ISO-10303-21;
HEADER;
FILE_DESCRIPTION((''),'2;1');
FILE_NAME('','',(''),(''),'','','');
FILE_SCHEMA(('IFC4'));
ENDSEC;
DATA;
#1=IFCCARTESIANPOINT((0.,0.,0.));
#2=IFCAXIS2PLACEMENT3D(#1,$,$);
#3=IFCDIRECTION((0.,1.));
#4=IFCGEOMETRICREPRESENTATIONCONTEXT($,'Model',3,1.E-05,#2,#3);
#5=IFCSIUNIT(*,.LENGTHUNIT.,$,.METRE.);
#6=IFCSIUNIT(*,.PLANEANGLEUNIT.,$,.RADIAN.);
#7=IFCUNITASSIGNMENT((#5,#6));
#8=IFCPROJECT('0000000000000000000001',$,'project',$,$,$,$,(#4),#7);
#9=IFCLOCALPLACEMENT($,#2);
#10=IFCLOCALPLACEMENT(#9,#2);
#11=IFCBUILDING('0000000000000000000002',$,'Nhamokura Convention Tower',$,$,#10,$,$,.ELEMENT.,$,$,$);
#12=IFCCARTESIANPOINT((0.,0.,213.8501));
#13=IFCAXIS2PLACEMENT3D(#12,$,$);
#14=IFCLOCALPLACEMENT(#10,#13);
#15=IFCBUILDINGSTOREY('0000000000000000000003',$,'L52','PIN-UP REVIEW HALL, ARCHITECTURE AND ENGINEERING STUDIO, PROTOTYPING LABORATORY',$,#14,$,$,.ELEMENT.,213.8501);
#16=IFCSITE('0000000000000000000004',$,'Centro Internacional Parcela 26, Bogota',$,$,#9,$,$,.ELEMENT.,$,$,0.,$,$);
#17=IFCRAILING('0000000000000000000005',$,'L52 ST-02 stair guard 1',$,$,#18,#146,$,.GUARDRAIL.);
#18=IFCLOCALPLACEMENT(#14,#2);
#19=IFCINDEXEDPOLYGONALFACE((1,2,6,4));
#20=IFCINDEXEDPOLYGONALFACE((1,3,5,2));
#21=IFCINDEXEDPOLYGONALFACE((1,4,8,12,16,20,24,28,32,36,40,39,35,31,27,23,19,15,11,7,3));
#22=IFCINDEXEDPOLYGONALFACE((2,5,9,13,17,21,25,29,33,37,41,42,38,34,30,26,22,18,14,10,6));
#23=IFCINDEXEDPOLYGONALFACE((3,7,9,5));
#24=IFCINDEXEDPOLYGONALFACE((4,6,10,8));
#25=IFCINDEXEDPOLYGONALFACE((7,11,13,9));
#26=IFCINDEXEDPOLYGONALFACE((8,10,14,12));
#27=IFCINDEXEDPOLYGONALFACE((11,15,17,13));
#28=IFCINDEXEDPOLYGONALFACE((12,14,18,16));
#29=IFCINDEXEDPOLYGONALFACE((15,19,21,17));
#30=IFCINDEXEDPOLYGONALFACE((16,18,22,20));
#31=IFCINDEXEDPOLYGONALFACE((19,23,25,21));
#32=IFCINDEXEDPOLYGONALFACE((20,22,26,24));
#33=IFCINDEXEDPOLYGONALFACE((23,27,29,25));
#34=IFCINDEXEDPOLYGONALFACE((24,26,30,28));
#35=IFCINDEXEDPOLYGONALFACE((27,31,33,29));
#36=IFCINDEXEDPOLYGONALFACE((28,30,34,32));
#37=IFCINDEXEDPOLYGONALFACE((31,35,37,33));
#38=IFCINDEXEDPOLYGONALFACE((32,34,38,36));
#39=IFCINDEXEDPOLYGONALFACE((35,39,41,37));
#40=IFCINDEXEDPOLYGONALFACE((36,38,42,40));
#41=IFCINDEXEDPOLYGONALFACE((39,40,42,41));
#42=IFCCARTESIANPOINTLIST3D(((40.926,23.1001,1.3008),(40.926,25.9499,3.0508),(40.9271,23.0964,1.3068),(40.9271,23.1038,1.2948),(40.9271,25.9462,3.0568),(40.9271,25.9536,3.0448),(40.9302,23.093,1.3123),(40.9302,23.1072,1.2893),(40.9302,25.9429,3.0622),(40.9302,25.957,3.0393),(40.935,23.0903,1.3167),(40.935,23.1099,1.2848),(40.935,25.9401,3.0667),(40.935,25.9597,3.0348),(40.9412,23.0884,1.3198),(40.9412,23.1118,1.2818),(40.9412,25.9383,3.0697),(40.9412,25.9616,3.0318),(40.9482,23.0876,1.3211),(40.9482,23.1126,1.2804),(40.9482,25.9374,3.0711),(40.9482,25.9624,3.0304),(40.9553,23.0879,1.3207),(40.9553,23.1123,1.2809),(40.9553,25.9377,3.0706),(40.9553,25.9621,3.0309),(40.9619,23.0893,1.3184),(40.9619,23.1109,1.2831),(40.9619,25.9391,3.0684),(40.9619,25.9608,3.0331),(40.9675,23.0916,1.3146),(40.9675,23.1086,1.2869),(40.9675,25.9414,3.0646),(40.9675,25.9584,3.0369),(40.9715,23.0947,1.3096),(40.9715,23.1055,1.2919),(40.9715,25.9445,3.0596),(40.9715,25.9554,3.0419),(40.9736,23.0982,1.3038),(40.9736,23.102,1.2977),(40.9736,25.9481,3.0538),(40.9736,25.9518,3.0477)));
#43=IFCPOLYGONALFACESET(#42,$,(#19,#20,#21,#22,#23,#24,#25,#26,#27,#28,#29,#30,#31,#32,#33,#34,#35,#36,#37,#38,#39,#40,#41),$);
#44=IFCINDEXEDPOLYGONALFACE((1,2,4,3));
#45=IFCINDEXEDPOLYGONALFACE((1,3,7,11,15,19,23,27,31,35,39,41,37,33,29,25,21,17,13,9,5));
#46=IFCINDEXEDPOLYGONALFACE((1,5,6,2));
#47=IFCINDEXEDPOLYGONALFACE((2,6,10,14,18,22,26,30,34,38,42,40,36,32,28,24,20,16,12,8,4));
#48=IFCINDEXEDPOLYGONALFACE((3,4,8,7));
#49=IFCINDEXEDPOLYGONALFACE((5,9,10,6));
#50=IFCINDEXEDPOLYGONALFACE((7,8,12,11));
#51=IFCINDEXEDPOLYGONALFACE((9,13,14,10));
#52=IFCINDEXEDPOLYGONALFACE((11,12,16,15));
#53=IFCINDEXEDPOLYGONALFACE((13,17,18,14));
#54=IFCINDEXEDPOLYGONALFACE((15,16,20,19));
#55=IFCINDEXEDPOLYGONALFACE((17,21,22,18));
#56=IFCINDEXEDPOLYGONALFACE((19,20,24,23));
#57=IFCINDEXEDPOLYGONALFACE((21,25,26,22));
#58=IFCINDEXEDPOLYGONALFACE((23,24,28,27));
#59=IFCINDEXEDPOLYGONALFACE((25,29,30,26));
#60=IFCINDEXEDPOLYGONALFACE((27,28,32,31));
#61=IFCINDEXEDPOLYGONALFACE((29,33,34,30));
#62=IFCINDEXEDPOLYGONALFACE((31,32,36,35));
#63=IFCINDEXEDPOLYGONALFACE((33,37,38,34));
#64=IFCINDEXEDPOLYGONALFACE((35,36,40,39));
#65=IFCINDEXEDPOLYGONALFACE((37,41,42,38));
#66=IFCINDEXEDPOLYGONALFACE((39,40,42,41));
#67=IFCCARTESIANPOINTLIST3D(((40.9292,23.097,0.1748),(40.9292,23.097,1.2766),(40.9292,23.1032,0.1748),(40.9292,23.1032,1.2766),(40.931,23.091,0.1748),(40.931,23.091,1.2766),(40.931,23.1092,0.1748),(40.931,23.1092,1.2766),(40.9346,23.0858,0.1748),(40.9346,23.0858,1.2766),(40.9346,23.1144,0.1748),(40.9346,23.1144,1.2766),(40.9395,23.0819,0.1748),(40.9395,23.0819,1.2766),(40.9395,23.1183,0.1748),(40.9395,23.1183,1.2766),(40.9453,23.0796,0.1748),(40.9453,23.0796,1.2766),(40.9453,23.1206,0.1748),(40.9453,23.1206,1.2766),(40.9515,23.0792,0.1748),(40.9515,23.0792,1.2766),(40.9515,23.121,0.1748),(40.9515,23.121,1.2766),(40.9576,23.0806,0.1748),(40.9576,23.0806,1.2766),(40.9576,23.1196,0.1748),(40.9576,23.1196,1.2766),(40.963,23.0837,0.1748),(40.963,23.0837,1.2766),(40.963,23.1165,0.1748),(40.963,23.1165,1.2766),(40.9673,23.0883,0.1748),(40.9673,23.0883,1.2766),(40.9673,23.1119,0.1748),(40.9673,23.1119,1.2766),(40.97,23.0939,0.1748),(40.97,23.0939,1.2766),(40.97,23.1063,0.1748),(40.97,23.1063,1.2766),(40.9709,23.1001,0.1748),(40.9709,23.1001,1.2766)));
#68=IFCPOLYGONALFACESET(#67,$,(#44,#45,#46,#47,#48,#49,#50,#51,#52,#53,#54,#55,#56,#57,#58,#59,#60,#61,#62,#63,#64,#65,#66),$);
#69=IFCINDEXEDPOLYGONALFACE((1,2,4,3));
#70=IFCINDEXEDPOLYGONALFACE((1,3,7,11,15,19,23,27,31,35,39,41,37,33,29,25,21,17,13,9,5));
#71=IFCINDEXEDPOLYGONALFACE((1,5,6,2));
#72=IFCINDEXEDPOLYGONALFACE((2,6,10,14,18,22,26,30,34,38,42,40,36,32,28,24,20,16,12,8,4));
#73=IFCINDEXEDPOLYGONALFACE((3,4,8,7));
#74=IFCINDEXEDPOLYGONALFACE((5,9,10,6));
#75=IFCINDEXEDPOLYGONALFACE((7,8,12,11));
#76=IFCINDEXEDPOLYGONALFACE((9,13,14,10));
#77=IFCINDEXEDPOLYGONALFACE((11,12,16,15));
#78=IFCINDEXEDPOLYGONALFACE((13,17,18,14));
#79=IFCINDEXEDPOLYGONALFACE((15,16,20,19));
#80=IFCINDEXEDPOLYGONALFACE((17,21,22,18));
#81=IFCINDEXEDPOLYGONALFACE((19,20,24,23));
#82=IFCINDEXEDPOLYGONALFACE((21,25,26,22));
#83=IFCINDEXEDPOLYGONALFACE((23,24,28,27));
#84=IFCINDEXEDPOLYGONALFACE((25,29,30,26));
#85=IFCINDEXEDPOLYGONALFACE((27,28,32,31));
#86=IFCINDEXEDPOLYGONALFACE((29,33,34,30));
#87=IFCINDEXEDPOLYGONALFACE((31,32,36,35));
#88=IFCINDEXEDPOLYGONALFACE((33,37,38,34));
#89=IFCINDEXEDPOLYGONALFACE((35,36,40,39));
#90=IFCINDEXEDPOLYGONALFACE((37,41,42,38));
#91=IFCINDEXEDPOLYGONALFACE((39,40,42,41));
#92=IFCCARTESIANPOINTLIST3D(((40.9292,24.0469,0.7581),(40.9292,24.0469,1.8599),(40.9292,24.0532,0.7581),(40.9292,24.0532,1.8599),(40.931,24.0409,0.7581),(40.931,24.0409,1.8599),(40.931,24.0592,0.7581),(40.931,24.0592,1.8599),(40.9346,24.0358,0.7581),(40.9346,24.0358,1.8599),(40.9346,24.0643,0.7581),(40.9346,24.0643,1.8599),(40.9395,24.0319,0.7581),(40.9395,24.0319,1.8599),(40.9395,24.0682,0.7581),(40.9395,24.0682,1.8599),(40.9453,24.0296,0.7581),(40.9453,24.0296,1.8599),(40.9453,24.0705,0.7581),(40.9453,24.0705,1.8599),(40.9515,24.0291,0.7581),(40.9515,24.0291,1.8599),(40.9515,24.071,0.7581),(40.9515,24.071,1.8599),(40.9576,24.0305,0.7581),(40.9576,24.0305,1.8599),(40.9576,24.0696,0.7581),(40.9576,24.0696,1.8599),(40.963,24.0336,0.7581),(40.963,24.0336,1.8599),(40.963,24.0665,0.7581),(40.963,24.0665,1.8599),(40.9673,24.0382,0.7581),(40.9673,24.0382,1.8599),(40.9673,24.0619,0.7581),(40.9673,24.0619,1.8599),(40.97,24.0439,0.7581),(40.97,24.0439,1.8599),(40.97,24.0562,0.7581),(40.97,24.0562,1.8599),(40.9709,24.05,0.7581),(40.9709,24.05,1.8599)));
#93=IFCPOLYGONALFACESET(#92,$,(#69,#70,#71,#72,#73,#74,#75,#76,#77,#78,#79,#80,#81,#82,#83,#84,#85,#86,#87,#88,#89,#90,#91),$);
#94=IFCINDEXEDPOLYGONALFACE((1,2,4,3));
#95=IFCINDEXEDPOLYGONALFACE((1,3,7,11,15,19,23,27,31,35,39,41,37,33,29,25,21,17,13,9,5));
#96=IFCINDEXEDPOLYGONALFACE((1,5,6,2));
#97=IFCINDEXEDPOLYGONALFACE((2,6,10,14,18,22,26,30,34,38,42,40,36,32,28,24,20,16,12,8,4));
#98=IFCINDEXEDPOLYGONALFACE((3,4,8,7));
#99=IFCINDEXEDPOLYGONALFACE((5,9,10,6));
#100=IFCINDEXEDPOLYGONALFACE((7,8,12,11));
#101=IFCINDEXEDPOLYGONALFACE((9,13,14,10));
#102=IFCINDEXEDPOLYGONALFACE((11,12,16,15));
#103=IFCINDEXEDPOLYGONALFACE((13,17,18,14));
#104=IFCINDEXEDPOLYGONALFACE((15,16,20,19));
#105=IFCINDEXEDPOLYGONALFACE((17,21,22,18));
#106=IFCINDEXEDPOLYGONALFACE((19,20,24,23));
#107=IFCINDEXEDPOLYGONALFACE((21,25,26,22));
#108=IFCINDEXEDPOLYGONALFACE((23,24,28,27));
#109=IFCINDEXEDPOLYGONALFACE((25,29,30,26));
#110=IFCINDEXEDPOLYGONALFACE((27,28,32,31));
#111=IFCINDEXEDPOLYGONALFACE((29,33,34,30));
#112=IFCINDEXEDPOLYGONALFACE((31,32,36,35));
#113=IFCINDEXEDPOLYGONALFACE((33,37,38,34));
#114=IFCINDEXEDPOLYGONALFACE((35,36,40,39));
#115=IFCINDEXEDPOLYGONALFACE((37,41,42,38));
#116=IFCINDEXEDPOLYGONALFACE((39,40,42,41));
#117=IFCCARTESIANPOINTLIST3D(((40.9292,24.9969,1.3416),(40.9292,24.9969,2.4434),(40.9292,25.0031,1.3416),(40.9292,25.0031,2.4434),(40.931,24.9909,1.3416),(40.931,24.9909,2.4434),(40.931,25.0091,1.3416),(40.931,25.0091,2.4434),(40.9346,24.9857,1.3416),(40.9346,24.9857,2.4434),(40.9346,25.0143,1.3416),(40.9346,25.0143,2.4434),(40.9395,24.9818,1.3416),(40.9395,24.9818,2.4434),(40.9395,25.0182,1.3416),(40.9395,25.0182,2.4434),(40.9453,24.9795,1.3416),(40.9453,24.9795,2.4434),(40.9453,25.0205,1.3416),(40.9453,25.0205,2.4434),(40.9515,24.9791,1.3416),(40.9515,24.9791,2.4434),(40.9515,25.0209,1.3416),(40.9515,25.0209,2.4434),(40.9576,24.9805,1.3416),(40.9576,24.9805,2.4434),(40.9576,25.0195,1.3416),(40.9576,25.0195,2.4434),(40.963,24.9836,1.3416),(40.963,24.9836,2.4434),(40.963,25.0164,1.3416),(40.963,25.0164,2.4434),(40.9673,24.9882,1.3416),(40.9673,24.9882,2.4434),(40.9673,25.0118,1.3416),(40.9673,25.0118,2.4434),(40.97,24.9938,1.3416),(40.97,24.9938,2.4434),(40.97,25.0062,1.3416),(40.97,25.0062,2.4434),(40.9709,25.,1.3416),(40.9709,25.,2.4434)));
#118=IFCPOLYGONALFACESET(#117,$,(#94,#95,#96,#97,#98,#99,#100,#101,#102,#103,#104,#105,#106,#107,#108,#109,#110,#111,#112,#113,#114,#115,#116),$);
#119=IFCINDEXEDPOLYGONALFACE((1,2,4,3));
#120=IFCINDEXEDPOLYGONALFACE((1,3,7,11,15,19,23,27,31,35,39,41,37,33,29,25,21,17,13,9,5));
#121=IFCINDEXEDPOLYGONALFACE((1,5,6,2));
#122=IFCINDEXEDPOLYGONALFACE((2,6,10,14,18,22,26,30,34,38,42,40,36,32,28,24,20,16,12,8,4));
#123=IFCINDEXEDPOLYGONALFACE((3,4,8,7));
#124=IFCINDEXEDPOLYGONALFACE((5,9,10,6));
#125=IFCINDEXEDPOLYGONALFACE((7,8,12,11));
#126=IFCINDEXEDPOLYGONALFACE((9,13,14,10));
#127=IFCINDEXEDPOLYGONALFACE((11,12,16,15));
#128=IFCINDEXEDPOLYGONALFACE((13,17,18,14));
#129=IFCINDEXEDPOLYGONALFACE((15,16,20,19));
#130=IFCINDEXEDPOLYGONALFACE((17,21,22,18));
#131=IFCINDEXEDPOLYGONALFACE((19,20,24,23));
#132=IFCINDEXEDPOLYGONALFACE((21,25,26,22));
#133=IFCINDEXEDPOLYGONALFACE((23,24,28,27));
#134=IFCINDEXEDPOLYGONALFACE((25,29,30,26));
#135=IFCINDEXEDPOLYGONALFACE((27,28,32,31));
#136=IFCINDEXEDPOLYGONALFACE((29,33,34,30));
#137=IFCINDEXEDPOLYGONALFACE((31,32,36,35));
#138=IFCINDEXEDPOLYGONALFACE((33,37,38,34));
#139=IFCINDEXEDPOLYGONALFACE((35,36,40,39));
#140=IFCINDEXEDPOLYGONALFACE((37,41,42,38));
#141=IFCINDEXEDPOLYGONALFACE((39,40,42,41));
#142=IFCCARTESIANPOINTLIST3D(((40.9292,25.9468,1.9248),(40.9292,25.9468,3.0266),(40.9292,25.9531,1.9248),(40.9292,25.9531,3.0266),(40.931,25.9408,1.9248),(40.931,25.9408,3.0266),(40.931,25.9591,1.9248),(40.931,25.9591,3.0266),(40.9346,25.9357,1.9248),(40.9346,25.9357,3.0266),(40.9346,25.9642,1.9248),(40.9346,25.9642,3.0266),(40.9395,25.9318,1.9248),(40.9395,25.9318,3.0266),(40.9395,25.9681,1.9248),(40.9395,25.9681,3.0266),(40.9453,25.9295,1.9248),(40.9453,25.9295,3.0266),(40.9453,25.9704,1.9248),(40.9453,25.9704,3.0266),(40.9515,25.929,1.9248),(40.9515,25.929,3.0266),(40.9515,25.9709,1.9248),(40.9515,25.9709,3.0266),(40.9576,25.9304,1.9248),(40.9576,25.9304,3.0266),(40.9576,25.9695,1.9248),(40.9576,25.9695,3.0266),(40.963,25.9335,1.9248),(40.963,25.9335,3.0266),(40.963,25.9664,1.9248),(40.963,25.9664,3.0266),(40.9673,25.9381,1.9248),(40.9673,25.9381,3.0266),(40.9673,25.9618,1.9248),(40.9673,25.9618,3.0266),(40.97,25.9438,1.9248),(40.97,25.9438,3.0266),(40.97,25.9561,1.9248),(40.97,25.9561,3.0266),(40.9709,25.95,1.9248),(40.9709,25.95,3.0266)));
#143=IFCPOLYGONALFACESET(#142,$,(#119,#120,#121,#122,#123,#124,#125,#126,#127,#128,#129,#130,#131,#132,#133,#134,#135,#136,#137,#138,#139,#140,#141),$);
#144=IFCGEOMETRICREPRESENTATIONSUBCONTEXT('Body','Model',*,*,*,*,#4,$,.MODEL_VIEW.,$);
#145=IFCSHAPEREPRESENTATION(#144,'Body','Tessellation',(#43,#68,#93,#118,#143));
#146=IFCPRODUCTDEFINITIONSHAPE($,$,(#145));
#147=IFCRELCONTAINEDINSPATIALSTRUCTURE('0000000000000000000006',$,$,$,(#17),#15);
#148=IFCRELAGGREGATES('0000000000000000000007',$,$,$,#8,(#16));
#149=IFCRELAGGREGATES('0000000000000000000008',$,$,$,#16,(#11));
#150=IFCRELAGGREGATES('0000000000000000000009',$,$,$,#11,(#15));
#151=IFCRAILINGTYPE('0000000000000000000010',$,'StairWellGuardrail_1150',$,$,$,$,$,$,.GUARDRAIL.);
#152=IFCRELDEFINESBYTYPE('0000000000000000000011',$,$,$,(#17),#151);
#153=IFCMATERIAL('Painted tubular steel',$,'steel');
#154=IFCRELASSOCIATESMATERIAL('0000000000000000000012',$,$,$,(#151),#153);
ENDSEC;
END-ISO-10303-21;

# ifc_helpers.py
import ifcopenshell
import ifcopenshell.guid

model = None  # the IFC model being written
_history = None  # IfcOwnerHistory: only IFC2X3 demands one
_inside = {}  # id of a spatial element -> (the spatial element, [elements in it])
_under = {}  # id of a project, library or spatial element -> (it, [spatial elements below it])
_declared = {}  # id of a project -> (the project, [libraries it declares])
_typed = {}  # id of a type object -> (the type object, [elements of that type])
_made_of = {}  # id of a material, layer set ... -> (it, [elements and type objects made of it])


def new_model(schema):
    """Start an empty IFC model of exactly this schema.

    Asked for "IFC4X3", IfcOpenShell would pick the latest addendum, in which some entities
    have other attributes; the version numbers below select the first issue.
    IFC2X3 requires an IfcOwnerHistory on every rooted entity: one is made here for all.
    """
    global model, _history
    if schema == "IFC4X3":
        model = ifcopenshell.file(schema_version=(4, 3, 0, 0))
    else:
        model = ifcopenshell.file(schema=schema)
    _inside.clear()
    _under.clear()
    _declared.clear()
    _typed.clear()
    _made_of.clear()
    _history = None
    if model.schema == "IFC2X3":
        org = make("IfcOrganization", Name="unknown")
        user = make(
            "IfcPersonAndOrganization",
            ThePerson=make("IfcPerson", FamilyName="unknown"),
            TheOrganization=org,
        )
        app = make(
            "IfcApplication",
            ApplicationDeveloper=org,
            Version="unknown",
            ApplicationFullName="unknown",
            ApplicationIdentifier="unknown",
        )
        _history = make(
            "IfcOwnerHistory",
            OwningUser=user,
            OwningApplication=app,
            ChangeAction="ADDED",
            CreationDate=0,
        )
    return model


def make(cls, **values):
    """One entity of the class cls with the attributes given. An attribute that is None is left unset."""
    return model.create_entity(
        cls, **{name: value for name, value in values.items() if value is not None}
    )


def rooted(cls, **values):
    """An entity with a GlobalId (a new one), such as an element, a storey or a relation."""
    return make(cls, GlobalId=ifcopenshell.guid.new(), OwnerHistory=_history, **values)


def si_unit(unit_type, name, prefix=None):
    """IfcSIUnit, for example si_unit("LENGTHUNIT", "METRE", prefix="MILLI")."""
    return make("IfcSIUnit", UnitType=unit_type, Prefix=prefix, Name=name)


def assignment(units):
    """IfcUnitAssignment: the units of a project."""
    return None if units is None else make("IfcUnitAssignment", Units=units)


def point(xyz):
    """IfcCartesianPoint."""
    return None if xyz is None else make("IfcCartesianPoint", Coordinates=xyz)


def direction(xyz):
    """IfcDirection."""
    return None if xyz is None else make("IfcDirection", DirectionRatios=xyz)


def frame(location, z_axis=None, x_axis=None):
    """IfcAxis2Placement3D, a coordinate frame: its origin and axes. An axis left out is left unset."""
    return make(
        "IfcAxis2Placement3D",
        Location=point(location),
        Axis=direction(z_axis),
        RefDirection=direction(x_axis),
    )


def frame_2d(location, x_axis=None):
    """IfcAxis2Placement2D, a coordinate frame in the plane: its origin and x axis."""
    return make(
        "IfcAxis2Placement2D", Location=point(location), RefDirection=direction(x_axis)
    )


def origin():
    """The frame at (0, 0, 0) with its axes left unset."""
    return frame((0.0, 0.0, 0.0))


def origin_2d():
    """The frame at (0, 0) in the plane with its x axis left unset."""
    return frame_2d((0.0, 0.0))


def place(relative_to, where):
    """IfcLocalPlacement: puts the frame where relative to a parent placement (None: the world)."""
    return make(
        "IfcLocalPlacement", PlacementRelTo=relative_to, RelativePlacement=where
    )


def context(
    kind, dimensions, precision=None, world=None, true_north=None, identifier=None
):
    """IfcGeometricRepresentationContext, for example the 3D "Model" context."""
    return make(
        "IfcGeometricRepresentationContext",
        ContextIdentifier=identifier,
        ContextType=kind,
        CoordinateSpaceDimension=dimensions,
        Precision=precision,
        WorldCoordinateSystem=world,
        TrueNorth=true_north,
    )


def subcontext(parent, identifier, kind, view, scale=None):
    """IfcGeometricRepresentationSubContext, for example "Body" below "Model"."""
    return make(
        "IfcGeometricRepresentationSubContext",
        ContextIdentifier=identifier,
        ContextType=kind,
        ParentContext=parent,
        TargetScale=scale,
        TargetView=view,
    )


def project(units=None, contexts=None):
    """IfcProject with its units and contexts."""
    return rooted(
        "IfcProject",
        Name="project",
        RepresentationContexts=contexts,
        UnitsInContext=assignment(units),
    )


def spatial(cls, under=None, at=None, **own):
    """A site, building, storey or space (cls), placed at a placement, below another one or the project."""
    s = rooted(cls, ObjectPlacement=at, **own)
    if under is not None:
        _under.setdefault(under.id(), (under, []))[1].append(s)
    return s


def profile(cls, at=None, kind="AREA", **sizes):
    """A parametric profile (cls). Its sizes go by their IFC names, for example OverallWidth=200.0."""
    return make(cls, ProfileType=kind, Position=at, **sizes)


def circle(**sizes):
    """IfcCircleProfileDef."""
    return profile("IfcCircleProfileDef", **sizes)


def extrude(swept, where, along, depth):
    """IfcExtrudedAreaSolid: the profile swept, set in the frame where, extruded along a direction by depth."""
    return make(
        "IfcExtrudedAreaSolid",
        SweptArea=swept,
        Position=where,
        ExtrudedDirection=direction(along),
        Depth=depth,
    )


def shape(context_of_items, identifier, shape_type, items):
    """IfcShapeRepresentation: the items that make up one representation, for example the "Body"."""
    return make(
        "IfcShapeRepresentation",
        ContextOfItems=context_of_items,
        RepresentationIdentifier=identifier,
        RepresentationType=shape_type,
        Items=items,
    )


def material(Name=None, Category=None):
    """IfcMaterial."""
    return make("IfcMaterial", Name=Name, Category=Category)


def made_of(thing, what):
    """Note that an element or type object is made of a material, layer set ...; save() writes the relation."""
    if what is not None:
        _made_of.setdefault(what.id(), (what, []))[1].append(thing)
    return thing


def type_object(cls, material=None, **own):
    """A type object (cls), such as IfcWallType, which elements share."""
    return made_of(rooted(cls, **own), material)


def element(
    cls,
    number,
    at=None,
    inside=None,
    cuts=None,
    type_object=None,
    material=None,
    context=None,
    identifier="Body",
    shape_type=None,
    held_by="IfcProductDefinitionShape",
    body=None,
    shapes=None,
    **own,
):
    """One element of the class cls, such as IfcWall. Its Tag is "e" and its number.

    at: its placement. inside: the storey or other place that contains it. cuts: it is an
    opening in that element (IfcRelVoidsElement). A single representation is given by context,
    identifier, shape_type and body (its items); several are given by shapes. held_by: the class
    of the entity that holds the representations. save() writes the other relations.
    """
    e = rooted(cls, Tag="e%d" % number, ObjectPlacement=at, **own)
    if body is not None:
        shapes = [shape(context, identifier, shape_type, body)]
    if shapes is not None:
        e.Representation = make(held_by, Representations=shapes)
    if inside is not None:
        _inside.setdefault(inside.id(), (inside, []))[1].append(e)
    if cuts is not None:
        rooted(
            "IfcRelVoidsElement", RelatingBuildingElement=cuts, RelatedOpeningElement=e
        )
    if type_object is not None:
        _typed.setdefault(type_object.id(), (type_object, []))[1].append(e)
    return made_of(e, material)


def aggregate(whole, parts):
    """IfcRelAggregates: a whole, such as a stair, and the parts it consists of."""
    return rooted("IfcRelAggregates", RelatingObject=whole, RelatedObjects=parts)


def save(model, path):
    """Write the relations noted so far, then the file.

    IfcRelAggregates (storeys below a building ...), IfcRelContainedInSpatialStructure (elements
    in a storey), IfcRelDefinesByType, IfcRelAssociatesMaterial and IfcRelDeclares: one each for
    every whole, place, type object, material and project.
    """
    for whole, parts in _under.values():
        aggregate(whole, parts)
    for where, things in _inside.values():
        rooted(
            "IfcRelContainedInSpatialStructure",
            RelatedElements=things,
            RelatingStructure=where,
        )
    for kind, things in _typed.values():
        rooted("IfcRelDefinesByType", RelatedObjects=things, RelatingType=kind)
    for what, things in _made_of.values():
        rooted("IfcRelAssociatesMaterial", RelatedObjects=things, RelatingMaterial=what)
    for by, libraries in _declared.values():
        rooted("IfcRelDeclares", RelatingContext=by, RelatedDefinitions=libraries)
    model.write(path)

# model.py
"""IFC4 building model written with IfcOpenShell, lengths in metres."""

from ifc_helpers import new_model, si_unit, direction, frame, origin, origin_2d, place, context, subcontext, project, spatial, circle, extrude, material, type_object, element, save


model = new_model("IFC4")

# Units and contexts
model_context = context("Model", 3, precision=1e-05, world=origin(), true_north=direction((0.0, 1.0)))
body_context = subcontext(model_context, "Body", "Model", "MODEL_VIEW")
ifc_project = project(units=[si_unit("LENGTHUNIT", "METRE"), si_unit("PLANEANGLEUNIT", "RADIAN")], contexts=[model_context])

# Site, building, storey
site_placement = place(None, origin())
site = spatial("IfcSite", under=ifc_project, at=site_placement, Name="Centro Internacional Parcela 26, Bogota", CompositionType="ELEMENT", RefElevation=0.0)
building_placement = place(site_placement, origin())
building = spatial("IfcBuilding", under=site, at=building_placement, Name="Nhamokura Convention Tower", CompositionType="ELEMENT")
storey_placement = place(building_placement, frame((0.0, 0.0, 213.8501)))
storey = spatial("IfcBuildingStorey", under=building, at=storey_placement, Name="L52", Description="PIN-UP REVIEW HALL, ARCHITECTURE AND ENGINEERING STUDIO, PROTOTYPING LABORATORY", CompositionType="ELEMENT", Elevation=213.8501)

# Railing
ifc_material_1 = material(Name="Painted tubular steel", Category="steel")
railing_type_1 = type_object("IfcRailingType", Name="StairWellGuardrail_1150", PredefinedType="GUARDRAIL", material=ifc_material_1)
railing_1_placement = place(storey_placement, frame((40.95, 23.1001, 0.1748)))
element("IfcRailing", 1, at=railing_1_placement, inside=storey, type_object=railing_type_1, Name="L52 ST-02 stair guard 1", PredefinedType="GUARDRAIL", context=body_context, shape_type="SweptSolid", body=[
    extrude(circle(Radius=0.0239, at=origin_2d()), frame((0.0, 0.0, 1.126), z_axis=(0.0, 0.852159, 0.523283), x_axis=(-1.0, 0.0, 0.0)), (0.0, 0.0, 1.0), 3.3442),
    extrude(circle(Radius=0.021, at=origin_2d()), origin(), (0.0, 0.0, 1.0), 1.1018),
    extrude(circle(Radius=0.021, at=origin_2d()), frame((0.0, 0.95, 0.5833)), (0.0, 0.0, 1.0), 1.1018),
    extrude(circle(Radius=0.021, at=origin_2d()), frame((0.0, 1.8999, 1.1667)), (0.0, 0.0, 1.0), 1.1018),
    extrude(circle(Radius=0.021, at=origin_2d()), frame((0.0, 2.8499, 1.75)), (0.0, 0.0, 1.0), 1.1018),
])

save(model, "model.ifc")
